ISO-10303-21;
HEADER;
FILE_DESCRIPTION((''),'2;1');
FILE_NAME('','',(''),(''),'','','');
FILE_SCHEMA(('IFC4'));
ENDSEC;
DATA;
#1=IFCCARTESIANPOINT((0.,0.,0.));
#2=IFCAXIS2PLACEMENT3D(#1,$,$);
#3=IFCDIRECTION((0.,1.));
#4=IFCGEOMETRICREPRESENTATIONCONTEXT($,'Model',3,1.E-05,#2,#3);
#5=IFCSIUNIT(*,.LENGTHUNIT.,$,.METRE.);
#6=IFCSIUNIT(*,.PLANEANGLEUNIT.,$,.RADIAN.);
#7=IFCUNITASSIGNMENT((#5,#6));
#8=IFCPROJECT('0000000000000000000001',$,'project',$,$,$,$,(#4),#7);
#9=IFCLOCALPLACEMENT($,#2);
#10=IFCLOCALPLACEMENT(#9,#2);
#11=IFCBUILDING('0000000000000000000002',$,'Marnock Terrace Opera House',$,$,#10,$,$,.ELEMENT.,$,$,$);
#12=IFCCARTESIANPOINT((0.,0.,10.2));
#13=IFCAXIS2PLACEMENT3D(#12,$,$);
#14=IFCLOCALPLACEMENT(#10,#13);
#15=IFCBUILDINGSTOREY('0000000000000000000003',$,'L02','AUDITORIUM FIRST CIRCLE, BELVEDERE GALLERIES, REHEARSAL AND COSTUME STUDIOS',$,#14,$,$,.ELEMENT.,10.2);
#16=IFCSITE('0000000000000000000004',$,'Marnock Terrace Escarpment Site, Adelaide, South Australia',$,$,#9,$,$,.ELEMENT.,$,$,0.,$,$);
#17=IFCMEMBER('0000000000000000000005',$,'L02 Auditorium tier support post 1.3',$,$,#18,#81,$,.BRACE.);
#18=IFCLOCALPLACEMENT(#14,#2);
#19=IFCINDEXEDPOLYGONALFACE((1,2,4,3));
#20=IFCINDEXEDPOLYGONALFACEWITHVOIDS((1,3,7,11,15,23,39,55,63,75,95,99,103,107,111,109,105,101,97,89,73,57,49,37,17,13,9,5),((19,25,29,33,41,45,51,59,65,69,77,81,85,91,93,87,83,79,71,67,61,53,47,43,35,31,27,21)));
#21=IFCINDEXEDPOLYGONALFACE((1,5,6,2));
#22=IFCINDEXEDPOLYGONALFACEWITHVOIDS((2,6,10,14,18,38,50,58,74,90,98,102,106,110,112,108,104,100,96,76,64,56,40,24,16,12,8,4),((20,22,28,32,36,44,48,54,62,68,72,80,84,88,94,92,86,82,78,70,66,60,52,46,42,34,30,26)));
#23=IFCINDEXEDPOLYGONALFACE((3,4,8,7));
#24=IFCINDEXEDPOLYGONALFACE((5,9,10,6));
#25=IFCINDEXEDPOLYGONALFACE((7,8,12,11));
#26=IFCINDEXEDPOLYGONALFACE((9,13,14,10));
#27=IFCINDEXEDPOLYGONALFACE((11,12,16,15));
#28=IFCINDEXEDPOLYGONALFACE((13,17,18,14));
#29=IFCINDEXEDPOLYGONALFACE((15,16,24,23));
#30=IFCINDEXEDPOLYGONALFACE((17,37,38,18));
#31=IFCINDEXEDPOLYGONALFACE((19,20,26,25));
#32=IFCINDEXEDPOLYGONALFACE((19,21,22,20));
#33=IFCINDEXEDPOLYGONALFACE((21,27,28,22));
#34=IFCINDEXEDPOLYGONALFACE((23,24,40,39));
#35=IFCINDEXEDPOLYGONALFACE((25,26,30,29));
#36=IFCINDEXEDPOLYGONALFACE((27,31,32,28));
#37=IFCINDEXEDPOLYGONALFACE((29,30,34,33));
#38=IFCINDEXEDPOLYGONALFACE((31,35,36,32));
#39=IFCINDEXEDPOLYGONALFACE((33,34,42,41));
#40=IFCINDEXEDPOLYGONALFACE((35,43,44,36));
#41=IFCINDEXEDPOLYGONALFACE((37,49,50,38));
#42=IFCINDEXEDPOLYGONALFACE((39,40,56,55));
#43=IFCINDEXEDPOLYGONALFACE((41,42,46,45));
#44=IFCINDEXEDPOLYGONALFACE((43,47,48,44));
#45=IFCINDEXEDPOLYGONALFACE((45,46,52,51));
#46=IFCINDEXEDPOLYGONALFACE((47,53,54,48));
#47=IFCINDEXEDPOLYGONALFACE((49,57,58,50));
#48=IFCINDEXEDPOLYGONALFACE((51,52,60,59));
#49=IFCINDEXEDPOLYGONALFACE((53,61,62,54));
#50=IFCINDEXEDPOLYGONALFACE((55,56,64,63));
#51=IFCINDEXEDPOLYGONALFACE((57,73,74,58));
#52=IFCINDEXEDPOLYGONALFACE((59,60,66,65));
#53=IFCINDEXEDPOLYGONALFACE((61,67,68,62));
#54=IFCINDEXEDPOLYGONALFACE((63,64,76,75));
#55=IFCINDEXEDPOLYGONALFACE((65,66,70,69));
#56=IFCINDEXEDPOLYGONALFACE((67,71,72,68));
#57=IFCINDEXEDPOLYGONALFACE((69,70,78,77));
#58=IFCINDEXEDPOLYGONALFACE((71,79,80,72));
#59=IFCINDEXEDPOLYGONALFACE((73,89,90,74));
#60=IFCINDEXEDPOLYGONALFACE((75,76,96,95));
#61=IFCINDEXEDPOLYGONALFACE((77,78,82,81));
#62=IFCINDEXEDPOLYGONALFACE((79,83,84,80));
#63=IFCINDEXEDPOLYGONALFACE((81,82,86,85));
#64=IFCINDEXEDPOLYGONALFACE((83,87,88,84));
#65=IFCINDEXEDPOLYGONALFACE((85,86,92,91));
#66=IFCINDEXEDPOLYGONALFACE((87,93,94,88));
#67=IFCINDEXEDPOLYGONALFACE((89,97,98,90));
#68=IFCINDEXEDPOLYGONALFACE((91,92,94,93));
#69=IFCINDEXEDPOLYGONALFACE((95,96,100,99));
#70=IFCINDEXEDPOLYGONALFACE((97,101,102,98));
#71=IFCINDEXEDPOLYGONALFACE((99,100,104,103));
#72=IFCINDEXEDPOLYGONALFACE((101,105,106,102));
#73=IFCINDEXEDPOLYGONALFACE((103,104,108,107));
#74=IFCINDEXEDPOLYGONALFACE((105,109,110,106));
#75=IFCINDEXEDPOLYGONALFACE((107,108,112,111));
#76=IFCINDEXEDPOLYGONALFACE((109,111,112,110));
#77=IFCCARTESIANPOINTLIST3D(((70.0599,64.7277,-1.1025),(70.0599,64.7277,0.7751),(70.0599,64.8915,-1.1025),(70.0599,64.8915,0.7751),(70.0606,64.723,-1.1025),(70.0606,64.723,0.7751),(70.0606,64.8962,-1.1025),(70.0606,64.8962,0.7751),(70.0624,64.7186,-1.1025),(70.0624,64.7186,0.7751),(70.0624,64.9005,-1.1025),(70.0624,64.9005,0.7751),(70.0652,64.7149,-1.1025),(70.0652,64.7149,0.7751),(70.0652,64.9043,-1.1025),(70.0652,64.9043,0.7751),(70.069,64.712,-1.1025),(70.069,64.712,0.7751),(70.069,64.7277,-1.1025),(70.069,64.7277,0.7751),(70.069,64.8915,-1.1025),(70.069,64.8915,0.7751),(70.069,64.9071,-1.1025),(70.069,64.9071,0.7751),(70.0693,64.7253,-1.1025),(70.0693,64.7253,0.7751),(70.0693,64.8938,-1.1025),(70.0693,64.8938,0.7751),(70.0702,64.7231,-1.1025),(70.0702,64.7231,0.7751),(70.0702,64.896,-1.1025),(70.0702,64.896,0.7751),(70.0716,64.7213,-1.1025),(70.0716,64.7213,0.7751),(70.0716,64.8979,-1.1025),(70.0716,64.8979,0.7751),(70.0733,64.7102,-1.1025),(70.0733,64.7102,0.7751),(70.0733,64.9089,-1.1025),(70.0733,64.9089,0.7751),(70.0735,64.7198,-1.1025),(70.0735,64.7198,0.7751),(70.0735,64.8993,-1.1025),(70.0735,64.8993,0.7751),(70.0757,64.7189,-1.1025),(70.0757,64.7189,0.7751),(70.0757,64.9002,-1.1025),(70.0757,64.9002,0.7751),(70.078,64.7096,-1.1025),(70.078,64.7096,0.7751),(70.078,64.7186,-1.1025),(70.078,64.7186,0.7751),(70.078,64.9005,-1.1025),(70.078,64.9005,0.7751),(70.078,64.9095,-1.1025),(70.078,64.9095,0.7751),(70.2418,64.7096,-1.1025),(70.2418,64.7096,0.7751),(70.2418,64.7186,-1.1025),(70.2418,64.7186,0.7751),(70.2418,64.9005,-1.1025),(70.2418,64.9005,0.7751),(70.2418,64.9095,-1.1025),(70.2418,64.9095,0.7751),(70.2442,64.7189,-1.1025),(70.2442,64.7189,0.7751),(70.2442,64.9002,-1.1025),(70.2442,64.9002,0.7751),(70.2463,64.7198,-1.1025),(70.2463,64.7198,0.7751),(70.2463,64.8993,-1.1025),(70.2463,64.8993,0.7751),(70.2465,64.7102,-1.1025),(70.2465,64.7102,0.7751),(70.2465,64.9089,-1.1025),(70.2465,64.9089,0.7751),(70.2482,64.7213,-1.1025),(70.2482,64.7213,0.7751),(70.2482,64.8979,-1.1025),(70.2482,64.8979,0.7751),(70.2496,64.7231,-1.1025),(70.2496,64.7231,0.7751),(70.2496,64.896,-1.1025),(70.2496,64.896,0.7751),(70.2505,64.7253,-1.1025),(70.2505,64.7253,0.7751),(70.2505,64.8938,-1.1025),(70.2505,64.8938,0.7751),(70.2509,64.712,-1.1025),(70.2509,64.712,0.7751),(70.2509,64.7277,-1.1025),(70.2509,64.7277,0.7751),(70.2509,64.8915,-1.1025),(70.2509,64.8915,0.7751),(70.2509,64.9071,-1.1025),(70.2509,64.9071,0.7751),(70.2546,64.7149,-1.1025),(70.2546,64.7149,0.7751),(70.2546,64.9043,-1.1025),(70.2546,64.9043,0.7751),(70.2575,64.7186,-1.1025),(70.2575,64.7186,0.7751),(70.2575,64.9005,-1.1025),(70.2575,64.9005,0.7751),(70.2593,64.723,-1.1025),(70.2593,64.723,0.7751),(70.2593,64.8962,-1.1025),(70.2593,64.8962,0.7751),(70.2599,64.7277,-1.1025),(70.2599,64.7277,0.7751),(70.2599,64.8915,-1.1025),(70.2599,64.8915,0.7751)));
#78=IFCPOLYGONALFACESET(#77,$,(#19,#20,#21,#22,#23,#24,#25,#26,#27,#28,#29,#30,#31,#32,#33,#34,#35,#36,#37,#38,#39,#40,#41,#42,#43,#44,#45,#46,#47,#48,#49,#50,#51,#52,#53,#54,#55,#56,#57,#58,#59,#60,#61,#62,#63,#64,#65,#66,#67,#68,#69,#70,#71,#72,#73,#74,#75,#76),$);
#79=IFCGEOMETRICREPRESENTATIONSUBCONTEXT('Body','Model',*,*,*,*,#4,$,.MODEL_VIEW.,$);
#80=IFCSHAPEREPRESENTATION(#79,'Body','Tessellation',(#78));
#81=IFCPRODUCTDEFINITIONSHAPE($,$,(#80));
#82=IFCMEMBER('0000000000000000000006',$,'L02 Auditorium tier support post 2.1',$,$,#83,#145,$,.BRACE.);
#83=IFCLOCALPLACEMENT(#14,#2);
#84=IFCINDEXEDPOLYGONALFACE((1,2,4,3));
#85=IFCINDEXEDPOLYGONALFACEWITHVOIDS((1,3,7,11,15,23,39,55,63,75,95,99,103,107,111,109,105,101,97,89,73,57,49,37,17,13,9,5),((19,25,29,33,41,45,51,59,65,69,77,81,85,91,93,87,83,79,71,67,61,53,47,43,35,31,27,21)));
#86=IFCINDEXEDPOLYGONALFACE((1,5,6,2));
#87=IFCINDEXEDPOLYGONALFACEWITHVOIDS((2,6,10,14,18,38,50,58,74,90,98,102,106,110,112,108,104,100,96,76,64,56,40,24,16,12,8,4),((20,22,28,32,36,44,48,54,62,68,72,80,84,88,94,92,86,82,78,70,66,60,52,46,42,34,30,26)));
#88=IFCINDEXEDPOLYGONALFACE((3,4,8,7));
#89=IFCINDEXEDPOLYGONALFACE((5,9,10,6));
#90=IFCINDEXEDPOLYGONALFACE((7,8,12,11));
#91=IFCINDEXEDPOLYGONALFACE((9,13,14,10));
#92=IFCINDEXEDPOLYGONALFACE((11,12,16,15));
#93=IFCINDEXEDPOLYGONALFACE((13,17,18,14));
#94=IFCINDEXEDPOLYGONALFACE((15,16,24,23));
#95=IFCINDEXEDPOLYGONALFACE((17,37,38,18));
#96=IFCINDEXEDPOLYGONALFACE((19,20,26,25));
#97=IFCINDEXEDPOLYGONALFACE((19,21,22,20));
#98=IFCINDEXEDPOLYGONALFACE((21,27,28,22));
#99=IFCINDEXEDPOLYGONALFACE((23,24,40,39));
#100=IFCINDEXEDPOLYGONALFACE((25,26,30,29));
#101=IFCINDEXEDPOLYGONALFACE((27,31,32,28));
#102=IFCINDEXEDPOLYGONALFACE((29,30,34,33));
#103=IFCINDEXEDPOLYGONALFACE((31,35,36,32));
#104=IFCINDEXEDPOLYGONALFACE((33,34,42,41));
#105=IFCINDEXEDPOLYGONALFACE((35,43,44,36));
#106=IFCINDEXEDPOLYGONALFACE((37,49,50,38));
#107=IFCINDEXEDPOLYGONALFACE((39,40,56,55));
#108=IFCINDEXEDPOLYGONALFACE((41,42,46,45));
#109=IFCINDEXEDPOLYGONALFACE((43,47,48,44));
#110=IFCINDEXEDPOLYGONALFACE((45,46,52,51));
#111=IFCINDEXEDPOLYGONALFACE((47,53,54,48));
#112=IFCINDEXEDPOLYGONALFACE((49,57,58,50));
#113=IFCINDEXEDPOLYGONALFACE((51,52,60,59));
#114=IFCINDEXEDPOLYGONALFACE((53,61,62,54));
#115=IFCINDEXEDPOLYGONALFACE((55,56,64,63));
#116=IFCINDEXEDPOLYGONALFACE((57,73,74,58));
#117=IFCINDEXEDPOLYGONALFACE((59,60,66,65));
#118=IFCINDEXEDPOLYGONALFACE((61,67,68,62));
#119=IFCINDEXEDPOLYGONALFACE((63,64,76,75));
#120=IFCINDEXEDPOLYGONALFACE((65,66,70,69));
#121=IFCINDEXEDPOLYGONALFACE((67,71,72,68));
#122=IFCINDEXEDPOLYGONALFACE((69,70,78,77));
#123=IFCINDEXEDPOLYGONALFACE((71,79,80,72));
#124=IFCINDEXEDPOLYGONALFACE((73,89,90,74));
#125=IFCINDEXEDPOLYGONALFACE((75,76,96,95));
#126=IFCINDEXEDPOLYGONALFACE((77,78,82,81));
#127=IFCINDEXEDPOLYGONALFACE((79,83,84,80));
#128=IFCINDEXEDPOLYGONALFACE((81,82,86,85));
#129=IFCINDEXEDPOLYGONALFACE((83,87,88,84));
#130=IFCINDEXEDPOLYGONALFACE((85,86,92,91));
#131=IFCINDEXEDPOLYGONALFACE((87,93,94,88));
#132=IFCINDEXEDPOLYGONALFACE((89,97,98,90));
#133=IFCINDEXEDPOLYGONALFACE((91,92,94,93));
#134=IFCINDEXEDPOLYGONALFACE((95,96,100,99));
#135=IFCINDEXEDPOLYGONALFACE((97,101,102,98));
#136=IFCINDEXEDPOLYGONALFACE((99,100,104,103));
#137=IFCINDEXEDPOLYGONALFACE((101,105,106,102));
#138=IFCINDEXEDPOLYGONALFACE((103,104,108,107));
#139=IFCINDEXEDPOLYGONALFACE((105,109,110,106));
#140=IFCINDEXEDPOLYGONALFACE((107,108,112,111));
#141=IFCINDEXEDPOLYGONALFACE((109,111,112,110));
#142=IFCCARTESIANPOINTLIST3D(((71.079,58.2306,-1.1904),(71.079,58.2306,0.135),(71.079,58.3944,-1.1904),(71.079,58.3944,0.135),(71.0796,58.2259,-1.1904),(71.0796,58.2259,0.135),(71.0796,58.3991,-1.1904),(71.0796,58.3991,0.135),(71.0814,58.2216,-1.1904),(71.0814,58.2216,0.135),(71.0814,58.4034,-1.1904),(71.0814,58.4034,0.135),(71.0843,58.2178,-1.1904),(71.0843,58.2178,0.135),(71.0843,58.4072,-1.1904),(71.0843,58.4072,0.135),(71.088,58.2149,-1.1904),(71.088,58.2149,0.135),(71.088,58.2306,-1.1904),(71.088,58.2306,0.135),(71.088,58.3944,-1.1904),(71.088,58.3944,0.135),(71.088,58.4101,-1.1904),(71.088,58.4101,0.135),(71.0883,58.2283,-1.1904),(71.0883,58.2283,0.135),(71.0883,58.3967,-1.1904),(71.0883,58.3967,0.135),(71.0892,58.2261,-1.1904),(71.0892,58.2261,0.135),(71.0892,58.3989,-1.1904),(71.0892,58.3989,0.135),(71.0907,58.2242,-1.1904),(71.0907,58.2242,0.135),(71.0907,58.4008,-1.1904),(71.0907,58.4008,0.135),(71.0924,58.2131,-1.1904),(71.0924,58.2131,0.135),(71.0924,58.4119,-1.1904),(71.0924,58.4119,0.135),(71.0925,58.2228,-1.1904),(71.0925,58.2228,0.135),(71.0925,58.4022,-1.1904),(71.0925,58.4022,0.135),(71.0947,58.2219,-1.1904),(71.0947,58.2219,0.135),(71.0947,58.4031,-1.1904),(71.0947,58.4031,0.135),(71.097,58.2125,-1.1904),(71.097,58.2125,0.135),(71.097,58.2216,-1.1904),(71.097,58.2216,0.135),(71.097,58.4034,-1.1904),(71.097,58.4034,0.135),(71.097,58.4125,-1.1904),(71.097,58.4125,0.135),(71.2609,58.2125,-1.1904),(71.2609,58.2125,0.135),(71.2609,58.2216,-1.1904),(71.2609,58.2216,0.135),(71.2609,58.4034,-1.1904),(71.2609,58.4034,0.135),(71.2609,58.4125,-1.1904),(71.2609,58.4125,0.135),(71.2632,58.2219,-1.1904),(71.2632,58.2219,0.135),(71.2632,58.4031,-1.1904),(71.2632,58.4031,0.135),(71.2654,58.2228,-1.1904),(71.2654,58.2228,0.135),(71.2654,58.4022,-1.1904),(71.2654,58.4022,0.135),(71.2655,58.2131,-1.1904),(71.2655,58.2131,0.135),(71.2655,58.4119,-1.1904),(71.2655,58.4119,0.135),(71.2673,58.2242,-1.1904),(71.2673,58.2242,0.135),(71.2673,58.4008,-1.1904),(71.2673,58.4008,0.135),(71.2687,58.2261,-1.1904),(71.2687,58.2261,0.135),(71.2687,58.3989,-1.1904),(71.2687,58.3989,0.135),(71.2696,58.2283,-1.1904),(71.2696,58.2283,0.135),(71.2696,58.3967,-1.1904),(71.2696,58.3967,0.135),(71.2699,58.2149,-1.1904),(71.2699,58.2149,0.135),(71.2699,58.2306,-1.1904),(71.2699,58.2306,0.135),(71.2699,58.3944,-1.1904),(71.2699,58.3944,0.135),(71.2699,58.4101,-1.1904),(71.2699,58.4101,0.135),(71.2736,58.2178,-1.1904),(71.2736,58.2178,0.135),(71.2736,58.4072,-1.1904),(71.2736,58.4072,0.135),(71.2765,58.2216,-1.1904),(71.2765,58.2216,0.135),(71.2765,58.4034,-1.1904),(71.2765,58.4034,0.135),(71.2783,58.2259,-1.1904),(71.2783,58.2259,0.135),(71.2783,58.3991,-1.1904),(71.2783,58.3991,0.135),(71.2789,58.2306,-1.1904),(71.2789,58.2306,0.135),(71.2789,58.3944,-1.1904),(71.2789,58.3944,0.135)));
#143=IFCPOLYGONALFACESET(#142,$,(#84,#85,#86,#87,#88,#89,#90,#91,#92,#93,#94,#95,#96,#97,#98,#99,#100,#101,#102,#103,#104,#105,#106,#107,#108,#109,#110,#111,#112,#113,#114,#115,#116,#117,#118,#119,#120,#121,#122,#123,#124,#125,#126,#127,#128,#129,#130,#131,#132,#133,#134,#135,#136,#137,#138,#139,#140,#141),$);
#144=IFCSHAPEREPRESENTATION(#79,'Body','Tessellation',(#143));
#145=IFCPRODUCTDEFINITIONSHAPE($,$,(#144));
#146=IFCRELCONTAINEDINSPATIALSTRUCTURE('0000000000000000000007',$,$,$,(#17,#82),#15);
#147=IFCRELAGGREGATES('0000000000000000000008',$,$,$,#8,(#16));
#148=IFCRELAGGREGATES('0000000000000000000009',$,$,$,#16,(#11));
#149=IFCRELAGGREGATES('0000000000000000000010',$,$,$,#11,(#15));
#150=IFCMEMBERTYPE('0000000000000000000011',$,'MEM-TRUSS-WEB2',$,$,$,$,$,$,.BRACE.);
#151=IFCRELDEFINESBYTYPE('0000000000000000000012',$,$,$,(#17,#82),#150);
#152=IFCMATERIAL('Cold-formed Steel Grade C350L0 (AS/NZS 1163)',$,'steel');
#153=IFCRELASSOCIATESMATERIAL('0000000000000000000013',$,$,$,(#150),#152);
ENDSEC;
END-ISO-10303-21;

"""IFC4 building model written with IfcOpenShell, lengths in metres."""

from ifc_helpers import new_model, si_unit, direction, frame, origin, origin_2d, place, context, subcontext, project, spatial, hollow_rectangle, extrude, material, material_profile, profile_set, type_object, element, save


model = new_model("IFC4")

# Units and contexts
model_context = context("Model", 3, precision=1e-05, world=origin(), true_north=direction((0.0, 1.0)))
body_context = subcontext(model_context, "Body", "Model", "MODEL_VIEW")
ifc_project = project(units=[si_unit("LENGTHUNIT", "METRE"), si_unit("PLANEANGLEUNIT", "RADIAN")], contexts=[model_context])

# Site, building, storey
site_placement = place(None, origin())
site = spatial("IfcSite", under=ifc_project, at=site_placement, Name="Marnock Terrace Escarpment Site, Adelaide, South Australia", CompositionType="ELEMENT", RefElevation=0.0)
building_placement = place(site_placement, origin())
building = spatial("IfcBuilding", under=site, at=building_placement, Name="Marnock Terrace Opera House", CompositionType="ELEMENT")
storey_placement = place(building_placement, frame((0.0, 0.0, 10.2)))
storey = spatial("IfcBuildingStorey", under=building, at=storey_placement, Name="L02", Description="AUDITORIUM FIRST CIRCLE, BELVEDERE GALLERIES, REHEARSAL AND COSTUME STUDIOS", CompositionType="ELEMENT", Elevation=10.2)

# Members
ifc_material_1 = material(Name="Cold-formed Steel Grade C350L0 (AS/NZS 1163)", Category="steel")
ifc_material_profile_1 = material_profile(ifc_material_1, hollow_rectangle(XDim=0.2, YDim=0.2, WallThickness=0.009, InnerFilletRadius=0.009, OuterFilletRadius=0.0181, at=origin_2d()))
ifc_profile_set_1 = profile_set([ifc_material_profile_1], Name="Cold-formed Steel Grade C350L0 (AS/NZS 1163)")
member_type = type_object("IfcMemberType", Name="MEM-TRUSS-WEB2", PredefinedType="BRACE", material=ifc_profile_set_1)
member_1_placement = place(storey_placement, frame((70.1599, 64.8096, -1.1025), z_axis=(0.0, 0.0, 1.0), x_axis=(1.0, 0.0, 0.0)))
element("IfcMember", 1, at=member_1_placement, inside=storey, type_object=member_type, Name="L02 Auditorium tier support post 1.3", PredefinedType="BRACE", context=body_context, shape_type="SweptSolid", body=[
    extrude(hollow_rectangle(XDim=0.2, YDim=0.2, WallThickness=0.009, InnerFilletRadius=0.009, OuterFilletRadius=0.0181, at=origin_2d()), origin(), (0.0, 0.0, 1.0), 1.8777),
])
member_2_placement = place(storey_placement, frame((71.179, 58.3125, -1.1904), z_axis=(0.0, 0.0, 1.0), x_axis=(1.0, 0.0, 0.0)))
element("IfcMember", 2, at=member_2_placement, inside=storey, type_object=member_type, Name="L02 Auditorium tier support post 2.1", PredefinedType="BRACE", context=body_context, shape_type="SweptSolid", body=[
    extrude(hollow_rectangle(XDim=0.2, YDim=0.2, WallThickness=0.009, InnerFilletRadius=0.009, OuterFilletRadius=0.0181, at=origin_2d()), origin(), (0.0, 0.0, 1.0), 1.3254),
])

save(model, "model.ifc")
